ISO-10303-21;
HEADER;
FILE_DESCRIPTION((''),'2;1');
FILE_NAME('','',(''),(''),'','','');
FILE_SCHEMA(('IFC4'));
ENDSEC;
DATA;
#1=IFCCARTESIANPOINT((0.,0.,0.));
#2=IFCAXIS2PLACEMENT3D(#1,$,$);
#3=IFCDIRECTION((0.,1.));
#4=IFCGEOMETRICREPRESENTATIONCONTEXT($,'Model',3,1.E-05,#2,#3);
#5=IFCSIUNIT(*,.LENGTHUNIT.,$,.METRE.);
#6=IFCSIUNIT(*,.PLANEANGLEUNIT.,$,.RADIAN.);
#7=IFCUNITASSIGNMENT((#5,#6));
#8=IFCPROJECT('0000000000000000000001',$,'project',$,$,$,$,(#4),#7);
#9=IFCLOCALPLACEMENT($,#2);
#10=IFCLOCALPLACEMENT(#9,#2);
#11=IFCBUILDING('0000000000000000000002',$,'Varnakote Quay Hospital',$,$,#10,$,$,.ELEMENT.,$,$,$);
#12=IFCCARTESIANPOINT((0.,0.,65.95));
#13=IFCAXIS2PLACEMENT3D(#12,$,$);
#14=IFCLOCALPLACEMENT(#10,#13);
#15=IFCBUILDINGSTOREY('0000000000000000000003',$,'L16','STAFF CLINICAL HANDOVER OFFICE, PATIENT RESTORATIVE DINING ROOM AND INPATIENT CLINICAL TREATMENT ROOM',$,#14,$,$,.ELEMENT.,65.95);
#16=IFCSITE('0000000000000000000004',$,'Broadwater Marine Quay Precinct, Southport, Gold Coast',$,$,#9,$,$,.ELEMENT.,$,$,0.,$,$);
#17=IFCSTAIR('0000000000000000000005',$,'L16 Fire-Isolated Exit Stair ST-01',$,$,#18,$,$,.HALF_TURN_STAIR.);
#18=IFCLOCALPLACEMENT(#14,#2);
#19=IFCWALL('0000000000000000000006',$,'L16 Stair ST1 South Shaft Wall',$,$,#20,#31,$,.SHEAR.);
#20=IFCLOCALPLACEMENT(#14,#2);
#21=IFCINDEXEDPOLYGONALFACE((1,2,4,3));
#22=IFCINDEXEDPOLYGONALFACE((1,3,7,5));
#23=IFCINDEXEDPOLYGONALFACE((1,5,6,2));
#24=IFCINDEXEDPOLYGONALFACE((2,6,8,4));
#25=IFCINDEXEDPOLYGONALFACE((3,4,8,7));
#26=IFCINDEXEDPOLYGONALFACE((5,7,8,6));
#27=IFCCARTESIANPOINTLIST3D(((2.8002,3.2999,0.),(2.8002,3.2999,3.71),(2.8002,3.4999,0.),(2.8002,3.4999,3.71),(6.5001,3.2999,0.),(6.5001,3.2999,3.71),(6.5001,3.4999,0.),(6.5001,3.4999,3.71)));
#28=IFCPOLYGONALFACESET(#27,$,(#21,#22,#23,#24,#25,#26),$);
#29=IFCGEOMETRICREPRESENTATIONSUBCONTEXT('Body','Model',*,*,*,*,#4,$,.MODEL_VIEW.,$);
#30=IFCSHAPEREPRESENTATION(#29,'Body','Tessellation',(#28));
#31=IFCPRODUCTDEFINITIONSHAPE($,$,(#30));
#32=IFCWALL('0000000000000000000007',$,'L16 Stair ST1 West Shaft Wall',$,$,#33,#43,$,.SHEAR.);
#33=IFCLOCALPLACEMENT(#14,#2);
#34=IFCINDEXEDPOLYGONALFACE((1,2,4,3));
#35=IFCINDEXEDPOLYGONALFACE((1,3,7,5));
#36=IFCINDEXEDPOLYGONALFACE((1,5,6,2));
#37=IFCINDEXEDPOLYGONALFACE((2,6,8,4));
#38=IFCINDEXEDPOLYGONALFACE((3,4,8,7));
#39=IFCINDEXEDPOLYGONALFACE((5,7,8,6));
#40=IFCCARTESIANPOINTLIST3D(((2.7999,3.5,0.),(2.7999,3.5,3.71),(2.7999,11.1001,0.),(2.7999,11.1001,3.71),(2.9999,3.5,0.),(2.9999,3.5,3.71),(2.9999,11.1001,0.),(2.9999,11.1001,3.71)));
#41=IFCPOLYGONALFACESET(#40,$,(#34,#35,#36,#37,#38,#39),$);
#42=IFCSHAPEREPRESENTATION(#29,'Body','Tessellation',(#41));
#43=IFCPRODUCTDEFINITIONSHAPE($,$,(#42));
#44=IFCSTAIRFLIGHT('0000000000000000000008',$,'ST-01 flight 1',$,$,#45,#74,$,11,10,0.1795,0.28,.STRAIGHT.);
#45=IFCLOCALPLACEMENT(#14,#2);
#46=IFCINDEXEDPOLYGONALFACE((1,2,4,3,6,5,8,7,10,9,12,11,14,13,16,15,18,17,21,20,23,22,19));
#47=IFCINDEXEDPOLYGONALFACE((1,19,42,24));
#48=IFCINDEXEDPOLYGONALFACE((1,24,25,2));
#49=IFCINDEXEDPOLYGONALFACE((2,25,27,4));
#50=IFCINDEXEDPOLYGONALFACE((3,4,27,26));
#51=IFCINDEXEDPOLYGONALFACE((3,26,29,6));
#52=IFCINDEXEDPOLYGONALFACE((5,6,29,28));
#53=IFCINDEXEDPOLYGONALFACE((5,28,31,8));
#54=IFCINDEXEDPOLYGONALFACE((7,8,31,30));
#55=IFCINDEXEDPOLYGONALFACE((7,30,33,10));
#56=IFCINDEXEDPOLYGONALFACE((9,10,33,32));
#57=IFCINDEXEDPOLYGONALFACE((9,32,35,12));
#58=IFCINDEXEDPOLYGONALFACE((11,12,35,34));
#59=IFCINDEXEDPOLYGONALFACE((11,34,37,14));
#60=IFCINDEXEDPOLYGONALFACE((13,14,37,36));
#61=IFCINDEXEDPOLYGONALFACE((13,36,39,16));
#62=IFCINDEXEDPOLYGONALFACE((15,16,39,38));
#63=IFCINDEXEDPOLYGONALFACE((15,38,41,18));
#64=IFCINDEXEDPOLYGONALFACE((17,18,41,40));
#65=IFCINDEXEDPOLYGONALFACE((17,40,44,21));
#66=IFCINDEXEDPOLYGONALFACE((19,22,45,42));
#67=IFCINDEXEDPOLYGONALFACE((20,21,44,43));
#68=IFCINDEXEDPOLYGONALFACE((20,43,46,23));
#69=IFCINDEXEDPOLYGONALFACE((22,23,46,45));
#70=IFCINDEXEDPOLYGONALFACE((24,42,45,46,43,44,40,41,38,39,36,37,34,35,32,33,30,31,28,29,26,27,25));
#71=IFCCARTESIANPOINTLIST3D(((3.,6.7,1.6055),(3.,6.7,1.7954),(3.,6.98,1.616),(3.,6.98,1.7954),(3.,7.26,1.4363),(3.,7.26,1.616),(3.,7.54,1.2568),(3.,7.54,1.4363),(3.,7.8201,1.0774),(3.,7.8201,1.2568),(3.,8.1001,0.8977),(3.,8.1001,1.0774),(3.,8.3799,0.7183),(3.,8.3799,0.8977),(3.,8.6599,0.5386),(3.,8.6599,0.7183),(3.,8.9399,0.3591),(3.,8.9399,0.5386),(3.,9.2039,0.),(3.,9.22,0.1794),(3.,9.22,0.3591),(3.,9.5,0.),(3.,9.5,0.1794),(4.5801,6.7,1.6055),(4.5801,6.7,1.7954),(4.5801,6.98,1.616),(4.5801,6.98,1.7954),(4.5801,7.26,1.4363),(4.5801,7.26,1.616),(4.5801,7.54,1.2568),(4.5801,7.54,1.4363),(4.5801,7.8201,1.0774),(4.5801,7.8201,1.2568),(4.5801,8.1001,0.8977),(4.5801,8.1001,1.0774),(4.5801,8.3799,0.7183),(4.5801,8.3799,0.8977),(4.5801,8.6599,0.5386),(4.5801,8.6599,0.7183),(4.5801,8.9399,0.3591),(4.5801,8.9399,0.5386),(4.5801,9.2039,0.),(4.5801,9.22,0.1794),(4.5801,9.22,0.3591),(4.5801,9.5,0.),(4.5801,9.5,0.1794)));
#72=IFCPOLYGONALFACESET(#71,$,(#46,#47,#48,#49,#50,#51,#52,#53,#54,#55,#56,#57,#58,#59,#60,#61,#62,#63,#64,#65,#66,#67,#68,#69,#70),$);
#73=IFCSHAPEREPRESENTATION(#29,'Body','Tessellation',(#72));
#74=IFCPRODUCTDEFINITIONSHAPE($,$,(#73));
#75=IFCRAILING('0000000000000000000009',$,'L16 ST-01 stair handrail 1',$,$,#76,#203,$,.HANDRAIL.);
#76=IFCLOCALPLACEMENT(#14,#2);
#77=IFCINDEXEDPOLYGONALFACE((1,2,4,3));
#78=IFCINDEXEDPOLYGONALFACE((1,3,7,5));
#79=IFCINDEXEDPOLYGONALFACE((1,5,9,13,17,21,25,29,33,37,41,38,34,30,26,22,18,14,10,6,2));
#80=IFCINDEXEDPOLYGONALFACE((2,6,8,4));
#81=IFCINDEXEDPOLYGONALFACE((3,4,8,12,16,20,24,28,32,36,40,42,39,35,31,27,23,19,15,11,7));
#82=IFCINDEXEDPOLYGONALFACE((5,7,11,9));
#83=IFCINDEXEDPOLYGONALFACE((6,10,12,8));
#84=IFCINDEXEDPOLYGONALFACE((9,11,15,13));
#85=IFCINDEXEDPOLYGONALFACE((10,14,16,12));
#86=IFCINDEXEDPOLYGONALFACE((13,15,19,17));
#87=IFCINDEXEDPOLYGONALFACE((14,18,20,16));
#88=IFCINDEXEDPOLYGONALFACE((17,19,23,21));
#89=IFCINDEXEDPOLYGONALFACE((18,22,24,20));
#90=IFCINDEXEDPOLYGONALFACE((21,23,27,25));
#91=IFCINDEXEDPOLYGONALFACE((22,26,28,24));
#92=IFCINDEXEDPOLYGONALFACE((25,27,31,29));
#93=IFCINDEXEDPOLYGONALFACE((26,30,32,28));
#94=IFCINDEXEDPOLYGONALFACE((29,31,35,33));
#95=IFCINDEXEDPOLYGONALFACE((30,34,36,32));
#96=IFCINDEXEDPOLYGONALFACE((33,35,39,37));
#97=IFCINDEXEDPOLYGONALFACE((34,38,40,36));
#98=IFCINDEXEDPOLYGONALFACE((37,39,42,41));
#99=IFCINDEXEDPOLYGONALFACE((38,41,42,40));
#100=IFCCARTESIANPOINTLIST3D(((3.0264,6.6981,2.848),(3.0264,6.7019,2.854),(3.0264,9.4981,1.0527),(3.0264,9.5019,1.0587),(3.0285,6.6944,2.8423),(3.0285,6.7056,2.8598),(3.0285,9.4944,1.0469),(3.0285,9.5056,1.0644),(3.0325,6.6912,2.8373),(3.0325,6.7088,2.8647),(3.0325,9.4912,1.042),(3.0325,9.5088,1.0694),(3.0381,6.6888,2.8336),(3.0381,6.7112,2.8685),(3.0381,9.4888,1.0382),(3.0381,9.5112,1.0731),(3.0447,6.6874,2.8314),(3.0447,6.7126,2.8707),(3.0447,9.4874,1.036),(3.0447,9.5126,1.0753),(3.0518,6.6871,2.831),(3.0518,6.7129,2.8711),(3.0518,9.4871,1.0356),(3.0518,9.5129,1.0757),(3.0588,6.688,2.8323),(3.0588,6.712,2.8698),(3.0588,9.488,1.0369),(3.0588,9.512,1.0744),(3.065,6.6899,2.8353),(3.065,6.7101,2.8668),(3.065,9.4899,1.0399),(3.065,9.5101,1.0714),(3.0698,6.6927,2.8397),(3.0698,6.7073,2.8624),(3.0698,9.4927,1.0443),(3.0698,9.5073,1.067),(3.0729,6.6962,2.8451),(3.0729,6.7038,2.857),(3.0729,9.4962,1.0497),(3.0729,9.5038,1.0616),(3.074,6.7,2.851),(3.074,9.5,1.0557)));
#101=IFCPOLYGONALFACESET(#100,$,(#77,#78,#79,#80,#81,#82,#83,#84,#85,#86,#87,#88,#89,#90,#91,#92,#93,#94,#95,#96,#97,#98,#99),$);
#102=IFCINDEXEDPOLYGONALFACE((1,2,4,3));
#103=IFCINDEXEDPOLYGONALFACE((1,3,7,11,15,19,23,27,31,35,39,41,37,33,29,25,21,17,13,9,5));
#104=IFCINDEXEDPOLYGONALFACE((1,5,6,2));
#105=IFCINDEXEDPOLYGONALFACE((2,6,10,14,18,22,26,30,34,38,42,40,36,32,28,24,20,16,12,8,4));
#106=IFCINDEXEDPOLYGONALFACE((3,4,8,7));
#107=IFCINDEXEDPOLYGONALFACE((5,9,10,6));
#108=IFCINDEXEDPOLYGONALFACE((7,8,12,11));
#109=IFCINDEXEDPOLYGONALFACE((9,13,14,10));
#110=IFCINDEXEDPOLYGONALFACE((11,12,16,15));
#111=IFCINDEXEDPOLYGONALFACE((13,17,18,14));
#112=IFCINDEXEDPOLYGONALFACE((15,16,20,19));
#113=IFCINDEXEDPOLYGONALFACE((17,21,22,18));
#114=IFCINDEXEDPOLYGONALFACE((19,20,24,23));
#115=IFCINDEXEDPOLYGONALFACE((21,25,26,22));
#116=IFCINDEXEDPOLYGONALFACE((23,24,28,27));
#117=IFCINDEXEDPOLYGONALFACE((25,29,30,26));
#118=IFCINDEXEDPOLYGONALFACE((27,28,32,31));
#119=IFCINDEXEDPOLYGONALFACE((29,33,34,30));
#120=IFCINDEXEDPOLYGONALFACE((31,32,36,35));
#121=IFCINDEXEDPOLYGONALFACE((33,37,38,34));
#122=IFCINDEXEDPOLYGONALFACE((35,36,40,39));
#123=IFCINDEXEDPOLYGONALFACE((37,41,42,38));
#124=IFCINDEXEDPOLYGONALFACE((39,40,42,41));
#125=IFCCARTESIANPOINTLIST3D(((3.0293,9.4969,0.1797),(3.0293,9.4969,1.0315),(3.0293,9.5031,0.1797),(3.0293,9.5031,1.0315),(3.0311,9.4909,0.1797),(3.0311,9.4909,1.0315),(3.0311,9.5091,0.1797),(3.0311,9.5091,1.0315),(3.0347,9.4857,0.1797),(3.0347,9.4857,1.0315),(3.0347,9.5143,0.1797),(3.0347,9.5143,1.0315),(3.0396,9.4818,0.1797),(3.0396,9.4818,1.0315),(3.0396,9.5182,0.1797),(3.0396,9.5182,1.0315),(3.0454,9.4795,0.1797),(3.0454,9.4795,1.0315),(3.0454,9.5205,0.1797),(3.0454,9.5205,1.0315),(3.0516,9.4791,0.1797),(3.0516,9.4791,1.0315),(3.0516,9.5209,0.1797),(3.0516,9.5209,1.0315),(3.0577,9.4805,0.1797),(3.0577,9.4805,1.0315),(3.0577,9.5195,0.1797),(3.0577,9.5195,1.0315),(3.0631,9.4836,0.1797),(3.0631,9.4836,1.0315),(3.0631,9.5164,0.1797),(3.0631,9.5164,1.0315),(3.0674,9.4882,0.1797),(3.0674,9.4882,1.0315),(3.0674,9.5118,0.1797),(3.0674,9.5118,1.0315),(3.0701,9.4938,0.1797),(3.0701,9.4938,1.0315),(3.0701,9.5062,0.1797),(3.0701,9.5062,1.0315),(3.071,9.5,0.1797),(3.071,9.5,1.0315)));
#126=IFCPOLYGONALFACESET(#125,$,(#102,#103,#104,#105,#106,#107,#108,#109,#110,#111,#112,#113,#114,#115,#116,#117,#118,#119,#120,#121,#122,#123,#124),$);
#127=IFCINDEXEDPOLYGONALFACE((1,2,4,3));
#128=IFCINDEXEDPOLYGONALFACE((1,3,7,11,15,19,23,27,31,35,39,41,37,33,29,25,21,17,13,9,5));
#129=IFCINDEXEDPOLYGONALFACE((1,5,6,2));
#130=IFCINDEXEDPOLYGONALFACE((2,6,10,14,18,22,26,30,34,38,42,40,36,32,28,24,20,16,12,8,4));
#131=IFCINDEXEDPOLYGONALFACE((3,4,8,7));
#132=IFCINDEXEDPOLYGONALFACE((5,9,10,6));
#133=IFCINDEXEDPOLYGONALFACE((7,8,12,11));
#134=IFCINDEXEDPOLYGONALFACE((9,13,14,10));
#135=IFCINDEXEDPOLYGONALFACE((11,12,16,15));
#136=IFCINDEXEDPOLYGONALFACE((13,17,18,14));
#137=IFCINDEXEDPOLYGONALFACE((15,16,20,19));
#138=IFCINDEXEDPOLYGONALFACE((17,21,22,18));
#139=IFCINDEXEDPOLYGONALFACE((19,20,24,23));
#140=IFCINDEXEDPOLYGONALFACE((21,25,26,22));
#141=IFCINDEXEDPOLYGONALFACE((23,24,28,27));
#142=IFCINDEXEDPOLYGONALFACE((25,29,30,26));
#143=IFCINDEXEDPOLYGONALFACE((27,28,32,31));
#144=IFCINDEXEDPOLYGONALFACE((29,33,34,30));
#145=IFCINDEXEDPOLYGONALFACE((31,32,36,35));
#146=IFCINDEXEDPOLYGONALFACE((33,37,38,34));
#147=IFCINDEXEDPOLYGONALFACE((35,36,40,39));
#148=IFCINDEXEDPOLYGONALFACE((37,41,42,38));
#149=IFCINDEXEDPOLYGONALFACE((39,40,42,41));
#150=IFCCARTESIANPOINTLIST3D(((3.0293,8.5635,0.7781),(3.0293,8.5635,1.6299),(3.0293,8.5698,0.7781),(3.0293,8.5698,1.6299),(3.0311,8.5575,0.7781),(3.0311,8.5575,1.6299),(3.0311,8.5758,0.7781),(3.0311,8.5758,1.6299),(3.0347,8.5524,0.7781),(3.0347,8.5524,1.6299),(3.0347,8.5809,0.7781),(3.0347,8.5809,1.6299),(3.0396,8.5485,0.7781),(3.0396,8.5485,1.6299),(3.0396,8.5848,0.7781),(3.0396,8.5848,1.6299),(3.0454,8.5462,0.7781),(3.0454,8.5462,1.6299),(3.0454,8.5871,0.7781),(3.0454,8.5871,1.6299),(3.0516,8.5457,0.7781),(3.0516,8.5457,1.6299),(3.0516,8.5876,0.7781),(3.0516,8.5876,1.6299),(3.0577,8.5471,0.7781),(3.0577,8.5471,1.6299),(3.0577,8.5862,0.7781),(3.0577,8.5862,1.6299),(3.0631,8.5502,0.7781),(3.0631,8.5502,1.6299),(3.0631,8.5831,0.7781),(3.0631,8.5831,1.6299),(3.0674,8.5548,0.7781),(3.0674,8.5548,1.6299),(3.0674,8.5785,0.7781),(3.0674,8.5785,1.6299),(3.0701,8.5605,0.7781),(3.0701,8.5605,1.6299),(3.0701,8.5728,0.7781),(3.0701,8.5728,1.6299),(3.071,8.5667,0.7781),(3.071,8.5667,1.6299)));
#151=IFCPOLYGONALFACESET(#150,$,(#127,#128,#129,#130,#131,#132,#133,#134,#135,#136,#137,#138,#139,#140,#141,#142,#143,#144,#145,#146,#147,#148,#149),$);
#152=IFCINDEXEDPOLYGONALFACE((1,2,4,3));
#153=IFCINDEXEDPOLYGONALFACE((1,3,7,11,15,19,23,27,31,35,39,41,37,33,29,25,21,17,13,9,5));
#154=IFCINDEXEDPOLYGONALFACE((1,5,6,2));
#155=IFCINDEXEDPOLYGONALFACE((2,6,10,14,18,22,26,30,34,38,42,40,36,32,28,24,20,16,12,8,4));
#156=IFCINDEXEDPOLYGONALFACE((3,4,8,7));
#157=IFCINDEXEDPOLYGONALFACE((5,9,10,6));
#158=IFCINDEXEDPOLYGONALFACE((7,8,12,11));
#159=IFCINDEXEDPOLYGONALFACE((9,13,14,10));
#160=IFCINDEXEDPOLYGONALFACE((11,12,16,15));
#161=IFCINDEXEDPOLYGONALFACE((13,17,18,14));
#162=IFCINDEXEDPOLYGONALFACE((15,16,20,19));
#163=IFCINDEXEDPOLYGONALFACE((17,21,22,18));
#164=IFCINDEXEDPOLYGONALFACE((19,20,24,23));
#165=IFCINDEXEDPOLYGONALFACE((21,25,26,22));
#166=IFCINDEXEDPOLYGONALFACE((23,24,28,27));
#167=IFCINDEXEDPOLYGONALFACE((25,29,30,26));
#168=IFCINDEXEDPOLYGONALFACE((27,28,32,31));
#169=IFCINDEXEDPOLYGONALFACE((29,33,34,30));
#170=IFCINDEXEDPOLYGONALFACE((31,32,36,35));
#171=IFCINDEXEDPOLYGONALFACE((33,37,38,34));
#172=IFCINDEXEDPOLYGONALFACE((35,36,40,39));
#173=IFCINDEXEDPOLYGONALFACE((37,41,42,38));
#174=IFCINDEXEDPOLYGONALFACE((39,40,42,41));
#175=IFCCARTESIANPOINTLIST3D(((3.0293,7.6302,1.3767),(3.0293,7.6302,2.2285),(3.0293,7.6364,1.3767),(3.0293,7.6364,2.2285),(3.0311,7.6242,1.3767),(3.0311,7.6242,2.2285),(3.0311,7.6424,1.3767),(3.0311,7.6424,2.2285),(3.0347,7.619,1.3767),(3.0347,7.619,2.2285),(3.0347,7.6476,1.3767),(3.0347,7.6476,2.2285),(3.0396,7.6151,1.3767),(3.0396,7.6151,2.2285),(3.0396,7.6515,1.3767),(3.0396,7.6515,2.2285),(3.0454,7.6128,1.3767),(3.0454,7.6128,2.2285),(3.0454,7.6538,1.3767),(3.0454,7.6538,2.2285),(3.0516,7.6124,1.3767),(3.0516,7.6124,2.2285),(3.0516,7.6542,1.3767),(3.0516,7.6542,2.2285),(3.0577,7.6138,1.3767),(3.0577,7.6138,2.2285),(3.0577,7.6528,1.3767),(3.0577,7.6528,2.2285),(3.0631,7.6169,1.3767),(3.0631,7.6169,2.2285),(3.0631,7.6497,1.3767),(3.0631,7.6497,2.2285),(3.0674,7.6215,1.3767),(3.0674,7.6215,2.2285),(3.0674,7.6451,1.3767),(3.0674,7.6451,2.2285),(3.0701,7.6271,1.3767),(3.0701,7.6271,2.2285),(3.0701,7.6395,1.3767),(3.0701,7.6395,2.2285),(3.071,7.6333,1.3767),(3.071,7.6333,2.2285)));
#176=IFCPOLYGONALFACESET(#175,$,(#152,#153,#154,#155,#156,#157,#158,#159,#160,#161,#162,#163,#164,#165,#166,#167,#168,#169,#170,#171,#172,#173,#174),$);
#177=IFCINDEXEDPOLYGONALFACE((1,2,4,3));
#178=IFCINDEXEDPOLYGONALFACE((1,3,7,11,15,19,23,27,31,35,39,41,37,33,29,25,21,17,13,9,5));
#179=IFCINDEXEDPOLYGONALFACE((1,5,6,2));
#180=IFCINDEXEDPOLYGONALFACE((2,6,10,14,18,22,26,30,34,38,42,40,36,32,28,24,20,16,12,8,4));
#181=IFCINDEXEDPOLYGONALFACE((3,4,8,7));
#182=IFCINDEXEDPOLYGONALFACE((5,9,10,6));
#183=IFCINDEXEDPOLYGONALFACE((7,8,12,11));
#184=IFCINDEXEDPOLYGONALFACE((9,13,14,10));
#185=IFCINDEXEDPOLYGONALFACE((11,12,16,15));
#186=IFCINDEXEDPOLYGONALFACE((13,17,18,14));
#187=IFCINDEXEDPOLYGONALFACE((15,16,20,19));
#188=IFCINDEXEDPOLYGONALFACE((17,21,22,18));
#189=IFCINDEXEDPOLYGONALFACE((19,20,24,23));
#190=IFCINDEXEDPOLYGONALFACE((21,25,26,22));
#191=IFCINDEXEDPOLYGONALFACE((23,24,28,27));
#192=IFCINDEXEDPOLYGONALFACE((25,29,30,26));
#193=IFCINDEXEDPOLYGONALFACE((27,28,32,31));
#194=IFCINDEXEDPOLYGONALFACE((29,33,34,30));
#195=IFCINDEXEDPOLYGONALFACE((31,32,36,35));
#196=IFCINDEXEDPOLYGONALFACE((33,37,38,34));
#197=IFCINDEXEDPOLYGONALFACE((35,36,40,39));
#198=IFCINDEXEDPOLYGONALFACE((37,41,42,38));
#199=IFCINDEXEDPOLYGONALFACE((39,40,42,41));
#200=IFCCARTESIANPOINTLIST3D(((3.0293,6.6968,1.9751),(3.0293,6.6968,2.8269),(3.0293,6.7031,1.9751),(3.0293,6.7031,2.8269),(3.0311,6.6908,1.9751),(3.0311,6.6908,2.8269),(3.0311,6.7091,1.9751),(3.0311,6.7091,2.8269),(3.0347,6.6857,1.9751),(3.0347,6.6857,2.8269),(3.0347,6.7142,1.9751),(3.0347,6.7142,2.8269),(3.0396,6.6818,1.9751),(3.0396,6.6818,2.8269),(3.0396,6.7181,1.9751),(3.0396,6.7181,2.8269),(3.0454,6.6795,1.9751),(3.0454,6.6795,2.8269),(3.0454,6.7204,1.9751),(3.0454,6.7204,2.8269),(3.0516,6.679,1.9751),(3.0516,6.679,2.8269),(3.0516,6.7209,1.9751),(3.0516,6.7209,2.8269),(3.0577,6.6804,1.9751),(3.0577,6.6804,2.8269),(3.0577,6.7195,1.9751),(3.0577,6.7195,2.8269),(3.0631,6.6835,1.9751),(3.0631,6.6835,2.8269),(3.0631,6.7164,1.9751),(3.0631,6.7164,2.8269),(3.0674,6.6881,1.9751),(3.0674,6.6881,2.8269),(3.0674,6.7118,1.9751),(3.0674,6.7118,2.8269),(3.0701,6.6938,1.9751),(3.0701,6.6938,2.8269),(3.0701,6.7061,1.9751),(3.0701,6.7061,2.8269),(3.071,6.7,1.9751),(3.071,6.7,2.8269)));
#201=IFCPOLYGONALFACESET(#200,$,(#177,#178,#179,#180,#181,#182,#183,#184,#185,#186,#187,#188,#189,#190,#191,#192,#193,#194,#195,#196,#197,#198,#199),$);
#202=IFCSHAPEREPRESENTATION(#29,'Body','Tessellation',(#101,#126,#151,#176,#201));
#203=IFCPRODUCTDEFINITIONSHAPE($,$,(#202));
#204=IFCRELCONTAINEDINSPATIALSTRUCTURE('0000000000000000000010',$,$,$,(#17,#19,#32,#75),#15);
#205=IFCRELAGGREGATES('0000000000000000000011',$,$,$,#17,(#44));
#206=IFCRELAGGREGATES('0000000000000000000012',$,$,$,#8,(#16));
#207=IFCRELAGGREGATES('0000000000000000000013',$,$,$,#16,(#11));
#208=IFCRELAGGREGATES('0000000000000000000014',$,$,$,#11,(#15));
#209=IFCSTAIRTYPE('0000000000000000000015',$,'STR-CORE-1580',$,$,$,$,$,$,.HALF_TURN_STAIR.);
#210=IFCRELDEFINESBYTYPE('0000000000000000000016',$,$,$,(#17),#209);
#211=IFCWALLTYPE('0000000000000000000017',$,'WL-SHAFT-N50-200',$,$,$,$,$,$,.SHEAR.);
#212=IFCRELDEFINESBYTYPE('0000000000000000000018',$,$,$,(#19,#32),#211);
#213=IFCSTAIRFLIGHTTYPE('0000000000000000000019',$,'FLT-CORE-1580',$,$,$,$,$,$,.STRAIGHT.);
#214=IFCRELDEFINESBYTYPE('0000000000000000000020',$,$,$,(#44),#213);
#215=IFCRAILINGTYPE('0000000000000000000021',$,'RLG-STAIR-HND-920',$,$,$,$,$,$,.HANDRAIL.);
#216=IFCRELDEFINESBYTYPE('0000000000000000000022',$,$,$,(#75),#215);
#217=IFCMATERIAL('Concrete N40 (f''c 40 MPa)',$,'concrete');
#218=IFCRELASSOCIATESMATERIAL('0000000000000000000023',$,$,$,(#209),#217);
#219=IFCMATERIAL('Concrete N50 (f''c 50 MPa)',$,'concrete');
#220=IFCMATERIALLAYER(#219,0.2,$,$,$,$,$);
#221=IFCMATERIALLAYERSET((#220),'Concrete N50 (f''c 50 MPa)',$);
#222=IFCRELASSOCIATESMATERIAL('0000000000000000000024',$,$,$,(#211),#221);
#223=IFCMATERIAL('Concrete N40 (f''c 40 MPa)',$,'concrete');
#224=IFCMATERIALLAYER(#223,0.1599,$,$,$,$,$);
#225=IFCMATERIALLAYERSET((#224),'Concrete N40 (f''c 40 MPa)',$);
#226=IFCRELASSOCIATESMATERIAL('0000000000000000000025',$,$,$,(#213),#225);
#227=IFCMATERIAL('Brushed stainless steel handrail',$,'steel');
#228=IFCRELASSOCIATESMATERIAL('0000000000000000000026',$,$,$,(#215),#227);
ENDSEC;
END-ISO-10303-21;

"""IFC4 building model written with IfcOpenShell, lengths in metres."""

from ifc_helpers import new_model, si_unit, direction, frame, frame_2d, origin, origin_2d, place, context, subcontext, project, spatial, polyline, rectangle, circle, outline, extrude, material, layer, layer_set, type_object, element, aggregate, save


model = new_model("IFC4")

# Units and contexts
model_context = context("Model", 3, precision=1e-05, world=origin(), true_north=direction((0.0, 1.0)))
body_context = subcontext(model_context, "Body", "Model", "MODEL_VIEW")
ifc_project = project(units=[si_unit("LENGTHUNIT", "METRE"), si_unit("PLANEANGLEUNIT", "RADIAN")], contexts=[model_context])

# Site, building, storey
site_placement = place(None, origin())
site = spatial("IfcSite", under=ifc_project, at=site_placement, Name="Broadwater Marine Quay Precinct, Southport, Gold Coast", CompositionType="ELEMENT", RefElevation=0.0)
building_placement = place(site_placement, origin())
building = spatial("IfcBuilding", under=site, at=building_placement, Name="Varnakote Quay Hospital", CompositionType="ELEMENT")
storey_placement = place(building_placement, frame((0.0, 0.0, 65.95)))
storey = spatial("IfcBuildingStorey", under=building, at=storey_placement, Name="L16", Description="STAFF CLINICAL HANDOVER OFFICE, PATIENT RESTORATIVE DINING ROOM AND INPATIENT CLINICAL TREATMENT ROOM", CompositionType="ELEMENT", Elevation=65.95)

# Stair
ifc_material_1 = material(Name="Concrete N40 (f'c 40 MPa)", Category="concrete")
stair_type = type_object("IfcStairType", Name="STR-CORE-1580", PredefinedType="HALF_TURN_STAIR", material=ifc_material_1)
stair_1_placement = place(storey_placement, origin())
stair_1 = element("IfcStair", 1, at=stair_1_placement, inside=storey, type_object=stair_type, Name="L16 Fire-Isolated Exit Stair ST-01", PredefinedType="HALF_TURN_STAIR")

# Walls
ifc_material_2 = material(Name="Concrete N50 (f'c 50 MPa)", Category="concrete")
ifc_layer_1 = layer(ifc_material_2, 0.2)
ifc_layer_set_1 = layer_set([ifc_layer_1], Name="Concrete N50 (f'c 50 MPa)")
wall_type_1 = type_object("IfcWallType", Name="WL-SHAFT-N50-200", PredefinedType="SHEAR", material=ifc_layer_set_1)
wall_1_placement = place(storey_placement, frame((2.8, 3.3999, 0.0), z_axis=(0.0, 0.0, 1.0), x_axis=(1.0, 0.0, 0.0)))
element("IfcWall", 2, at=wall_1_placement, inside=storey, type_object=wall_type_1, Name="L16 Stair ST1 South Shaft Wall", PredefinedType="SHEAR", context=body_context, shape_type="SweptSolid", body=[
    extrude(rectangle(XDim=3.7, YDim=0.2, at=frame_2d((1.8501, 0.0))), origin(), (0.0, 0.0, 1.0), 3.71),
])
wall_2_placement = place(storey_placement, frame((2.8999, 3.5, 0.0), z_axis=(0.0, 0.0, 1.0), x_axis=(0.0, 1.0, 0.0)))
element("IfcWall", 3, at=wall_2_placement, inside=storey, type_object=wall_type_1, Name="L16 Stair ST1 West Shaft Wall", PredefinedType="SHEAR", context=body_context, shape_type="SweptSolid", body=[
    extrude(rectangle(XDim=7.6001, YDim=0.2, at=frame_2d((3.8, 0.0))), origin(), (0.0, 0.0, 1.0), 3.71),
])

# Stair flight
ifc_material_3 = material(Name="Concrete N40 (f'c 40 MPa)", Category="concrete")
ifc_layer_2 = layer(ifc_material_3, 0.1599)
ifc_layer_set_2 = layer_set([ifc_layer_2], Name="Concrete N40 (f'c 40 MPa)")
stair_flight_type = type_object("IfcStairFlightType", Name="FLT-CORE-1580", PredefinedType="STRAIGHT", material=ifc_layer_set_2)
stair_flight_placement = place(storey_placement, frame((3.79, 9.5, 0.0), z_axis=(0.0, 0.0, 1.0), x_axis=(0.0, -1.0, 0.0)))
stair_flight = element("IfcStairFlight", 4, at=stair_flight_placement, type_object=stair_flight_type, Name="ST-01 flight 1", NumberOfRisers=11, NumberOfTreads=10, PredefinedType="STRAIGHT", RiserHeight=0.1795, TreadLength=0.28, context=body_context, shape_type="SweptSolid", body=[
    extrude(outline(polyline([(0.0, 0.0), (0.0, 0.1794), (0.28, 0.1794), (0.28, 0.3591), (0.5601, 0.3591), (0.5601, 0.5386), (0.8401, 0.5386), (0.8401, 0.7183), (1.1201, 0.7183), (1.1201, 0.8977), (1.3999, 0.8977), (1.3999, 1.0774), (1.6799, 1.0774), (1.6799, 1.2568), (1.96, 1.2568), (1.96, 1.4363), (2.24, 1.4363), (2.24, 1.616), (2.52, 1.616), (2.52, 1.7954), (2.8, 1.7954), (2.8, 1.9751), (2.8, 1.6055), (0.2961, 0.0), (0.0, 0.0)])), frame((0.0, 0.79, 0.0), z_axis=(0.0, -1.0, 0.0), x_axis=(1.0, 0.0, 0.0)), (0.0, 0.0, 1.0), 1.5801),
])
aggregate(stair_1, [stair_flight])

# Railing
ifc_material_4 = material(Name="Brushed stainless steel handrail", Category="steel")
railing_type = type_object("IfcRailingType", Name="RLG-STAIR-HND-920", PredefinedType="HANDRAIL", material=ifc_material_4)
railing_placement = place(storey_placement, frame((3.05, 9.5, 0.1797)))
element("IfcRailing", 5, at=railing_placement, inside=storey, type_object=railing_type, Name="L16 ST-01 stair handrail 1", PredefinedType="HANDRAIL", context=body_context, shape_type="SweptSolid", body=[
    extrude(circle(Radius=0.0239, at=origin_2d()), frame((0.0, 0.0, 0.876), z_axis=(0.0, -0.84181, 0.539774), x_axis=(1.0, 0.0, 0.0)), (0.0, 0.0, 1.0), 3.3262),
    extrude(circle(Radius=0.021, at=origin_2d()), origin(), (0.0, 0.0, 1.0), 0.8518),
    extrude(circle(Radius=0.021, at=origin_2d()), frame((0.0, -0.9333, 0.5984)), (0.0, 0.0, 1.0), 0.8518),
    extrude(circle(Radius=0.021, at=origin_2d()), frame((0.0, -1.8667, 1.197)), (0.0, 0.0, 1.0), 0.8518),
    extrude(circle(Radius=0.021, at=origin_2d()), frame((0.0, -2.8, 1.7954)), (0.0, 0.0, 1.0), 0.8518),
])

save(model, "model.ifc")
